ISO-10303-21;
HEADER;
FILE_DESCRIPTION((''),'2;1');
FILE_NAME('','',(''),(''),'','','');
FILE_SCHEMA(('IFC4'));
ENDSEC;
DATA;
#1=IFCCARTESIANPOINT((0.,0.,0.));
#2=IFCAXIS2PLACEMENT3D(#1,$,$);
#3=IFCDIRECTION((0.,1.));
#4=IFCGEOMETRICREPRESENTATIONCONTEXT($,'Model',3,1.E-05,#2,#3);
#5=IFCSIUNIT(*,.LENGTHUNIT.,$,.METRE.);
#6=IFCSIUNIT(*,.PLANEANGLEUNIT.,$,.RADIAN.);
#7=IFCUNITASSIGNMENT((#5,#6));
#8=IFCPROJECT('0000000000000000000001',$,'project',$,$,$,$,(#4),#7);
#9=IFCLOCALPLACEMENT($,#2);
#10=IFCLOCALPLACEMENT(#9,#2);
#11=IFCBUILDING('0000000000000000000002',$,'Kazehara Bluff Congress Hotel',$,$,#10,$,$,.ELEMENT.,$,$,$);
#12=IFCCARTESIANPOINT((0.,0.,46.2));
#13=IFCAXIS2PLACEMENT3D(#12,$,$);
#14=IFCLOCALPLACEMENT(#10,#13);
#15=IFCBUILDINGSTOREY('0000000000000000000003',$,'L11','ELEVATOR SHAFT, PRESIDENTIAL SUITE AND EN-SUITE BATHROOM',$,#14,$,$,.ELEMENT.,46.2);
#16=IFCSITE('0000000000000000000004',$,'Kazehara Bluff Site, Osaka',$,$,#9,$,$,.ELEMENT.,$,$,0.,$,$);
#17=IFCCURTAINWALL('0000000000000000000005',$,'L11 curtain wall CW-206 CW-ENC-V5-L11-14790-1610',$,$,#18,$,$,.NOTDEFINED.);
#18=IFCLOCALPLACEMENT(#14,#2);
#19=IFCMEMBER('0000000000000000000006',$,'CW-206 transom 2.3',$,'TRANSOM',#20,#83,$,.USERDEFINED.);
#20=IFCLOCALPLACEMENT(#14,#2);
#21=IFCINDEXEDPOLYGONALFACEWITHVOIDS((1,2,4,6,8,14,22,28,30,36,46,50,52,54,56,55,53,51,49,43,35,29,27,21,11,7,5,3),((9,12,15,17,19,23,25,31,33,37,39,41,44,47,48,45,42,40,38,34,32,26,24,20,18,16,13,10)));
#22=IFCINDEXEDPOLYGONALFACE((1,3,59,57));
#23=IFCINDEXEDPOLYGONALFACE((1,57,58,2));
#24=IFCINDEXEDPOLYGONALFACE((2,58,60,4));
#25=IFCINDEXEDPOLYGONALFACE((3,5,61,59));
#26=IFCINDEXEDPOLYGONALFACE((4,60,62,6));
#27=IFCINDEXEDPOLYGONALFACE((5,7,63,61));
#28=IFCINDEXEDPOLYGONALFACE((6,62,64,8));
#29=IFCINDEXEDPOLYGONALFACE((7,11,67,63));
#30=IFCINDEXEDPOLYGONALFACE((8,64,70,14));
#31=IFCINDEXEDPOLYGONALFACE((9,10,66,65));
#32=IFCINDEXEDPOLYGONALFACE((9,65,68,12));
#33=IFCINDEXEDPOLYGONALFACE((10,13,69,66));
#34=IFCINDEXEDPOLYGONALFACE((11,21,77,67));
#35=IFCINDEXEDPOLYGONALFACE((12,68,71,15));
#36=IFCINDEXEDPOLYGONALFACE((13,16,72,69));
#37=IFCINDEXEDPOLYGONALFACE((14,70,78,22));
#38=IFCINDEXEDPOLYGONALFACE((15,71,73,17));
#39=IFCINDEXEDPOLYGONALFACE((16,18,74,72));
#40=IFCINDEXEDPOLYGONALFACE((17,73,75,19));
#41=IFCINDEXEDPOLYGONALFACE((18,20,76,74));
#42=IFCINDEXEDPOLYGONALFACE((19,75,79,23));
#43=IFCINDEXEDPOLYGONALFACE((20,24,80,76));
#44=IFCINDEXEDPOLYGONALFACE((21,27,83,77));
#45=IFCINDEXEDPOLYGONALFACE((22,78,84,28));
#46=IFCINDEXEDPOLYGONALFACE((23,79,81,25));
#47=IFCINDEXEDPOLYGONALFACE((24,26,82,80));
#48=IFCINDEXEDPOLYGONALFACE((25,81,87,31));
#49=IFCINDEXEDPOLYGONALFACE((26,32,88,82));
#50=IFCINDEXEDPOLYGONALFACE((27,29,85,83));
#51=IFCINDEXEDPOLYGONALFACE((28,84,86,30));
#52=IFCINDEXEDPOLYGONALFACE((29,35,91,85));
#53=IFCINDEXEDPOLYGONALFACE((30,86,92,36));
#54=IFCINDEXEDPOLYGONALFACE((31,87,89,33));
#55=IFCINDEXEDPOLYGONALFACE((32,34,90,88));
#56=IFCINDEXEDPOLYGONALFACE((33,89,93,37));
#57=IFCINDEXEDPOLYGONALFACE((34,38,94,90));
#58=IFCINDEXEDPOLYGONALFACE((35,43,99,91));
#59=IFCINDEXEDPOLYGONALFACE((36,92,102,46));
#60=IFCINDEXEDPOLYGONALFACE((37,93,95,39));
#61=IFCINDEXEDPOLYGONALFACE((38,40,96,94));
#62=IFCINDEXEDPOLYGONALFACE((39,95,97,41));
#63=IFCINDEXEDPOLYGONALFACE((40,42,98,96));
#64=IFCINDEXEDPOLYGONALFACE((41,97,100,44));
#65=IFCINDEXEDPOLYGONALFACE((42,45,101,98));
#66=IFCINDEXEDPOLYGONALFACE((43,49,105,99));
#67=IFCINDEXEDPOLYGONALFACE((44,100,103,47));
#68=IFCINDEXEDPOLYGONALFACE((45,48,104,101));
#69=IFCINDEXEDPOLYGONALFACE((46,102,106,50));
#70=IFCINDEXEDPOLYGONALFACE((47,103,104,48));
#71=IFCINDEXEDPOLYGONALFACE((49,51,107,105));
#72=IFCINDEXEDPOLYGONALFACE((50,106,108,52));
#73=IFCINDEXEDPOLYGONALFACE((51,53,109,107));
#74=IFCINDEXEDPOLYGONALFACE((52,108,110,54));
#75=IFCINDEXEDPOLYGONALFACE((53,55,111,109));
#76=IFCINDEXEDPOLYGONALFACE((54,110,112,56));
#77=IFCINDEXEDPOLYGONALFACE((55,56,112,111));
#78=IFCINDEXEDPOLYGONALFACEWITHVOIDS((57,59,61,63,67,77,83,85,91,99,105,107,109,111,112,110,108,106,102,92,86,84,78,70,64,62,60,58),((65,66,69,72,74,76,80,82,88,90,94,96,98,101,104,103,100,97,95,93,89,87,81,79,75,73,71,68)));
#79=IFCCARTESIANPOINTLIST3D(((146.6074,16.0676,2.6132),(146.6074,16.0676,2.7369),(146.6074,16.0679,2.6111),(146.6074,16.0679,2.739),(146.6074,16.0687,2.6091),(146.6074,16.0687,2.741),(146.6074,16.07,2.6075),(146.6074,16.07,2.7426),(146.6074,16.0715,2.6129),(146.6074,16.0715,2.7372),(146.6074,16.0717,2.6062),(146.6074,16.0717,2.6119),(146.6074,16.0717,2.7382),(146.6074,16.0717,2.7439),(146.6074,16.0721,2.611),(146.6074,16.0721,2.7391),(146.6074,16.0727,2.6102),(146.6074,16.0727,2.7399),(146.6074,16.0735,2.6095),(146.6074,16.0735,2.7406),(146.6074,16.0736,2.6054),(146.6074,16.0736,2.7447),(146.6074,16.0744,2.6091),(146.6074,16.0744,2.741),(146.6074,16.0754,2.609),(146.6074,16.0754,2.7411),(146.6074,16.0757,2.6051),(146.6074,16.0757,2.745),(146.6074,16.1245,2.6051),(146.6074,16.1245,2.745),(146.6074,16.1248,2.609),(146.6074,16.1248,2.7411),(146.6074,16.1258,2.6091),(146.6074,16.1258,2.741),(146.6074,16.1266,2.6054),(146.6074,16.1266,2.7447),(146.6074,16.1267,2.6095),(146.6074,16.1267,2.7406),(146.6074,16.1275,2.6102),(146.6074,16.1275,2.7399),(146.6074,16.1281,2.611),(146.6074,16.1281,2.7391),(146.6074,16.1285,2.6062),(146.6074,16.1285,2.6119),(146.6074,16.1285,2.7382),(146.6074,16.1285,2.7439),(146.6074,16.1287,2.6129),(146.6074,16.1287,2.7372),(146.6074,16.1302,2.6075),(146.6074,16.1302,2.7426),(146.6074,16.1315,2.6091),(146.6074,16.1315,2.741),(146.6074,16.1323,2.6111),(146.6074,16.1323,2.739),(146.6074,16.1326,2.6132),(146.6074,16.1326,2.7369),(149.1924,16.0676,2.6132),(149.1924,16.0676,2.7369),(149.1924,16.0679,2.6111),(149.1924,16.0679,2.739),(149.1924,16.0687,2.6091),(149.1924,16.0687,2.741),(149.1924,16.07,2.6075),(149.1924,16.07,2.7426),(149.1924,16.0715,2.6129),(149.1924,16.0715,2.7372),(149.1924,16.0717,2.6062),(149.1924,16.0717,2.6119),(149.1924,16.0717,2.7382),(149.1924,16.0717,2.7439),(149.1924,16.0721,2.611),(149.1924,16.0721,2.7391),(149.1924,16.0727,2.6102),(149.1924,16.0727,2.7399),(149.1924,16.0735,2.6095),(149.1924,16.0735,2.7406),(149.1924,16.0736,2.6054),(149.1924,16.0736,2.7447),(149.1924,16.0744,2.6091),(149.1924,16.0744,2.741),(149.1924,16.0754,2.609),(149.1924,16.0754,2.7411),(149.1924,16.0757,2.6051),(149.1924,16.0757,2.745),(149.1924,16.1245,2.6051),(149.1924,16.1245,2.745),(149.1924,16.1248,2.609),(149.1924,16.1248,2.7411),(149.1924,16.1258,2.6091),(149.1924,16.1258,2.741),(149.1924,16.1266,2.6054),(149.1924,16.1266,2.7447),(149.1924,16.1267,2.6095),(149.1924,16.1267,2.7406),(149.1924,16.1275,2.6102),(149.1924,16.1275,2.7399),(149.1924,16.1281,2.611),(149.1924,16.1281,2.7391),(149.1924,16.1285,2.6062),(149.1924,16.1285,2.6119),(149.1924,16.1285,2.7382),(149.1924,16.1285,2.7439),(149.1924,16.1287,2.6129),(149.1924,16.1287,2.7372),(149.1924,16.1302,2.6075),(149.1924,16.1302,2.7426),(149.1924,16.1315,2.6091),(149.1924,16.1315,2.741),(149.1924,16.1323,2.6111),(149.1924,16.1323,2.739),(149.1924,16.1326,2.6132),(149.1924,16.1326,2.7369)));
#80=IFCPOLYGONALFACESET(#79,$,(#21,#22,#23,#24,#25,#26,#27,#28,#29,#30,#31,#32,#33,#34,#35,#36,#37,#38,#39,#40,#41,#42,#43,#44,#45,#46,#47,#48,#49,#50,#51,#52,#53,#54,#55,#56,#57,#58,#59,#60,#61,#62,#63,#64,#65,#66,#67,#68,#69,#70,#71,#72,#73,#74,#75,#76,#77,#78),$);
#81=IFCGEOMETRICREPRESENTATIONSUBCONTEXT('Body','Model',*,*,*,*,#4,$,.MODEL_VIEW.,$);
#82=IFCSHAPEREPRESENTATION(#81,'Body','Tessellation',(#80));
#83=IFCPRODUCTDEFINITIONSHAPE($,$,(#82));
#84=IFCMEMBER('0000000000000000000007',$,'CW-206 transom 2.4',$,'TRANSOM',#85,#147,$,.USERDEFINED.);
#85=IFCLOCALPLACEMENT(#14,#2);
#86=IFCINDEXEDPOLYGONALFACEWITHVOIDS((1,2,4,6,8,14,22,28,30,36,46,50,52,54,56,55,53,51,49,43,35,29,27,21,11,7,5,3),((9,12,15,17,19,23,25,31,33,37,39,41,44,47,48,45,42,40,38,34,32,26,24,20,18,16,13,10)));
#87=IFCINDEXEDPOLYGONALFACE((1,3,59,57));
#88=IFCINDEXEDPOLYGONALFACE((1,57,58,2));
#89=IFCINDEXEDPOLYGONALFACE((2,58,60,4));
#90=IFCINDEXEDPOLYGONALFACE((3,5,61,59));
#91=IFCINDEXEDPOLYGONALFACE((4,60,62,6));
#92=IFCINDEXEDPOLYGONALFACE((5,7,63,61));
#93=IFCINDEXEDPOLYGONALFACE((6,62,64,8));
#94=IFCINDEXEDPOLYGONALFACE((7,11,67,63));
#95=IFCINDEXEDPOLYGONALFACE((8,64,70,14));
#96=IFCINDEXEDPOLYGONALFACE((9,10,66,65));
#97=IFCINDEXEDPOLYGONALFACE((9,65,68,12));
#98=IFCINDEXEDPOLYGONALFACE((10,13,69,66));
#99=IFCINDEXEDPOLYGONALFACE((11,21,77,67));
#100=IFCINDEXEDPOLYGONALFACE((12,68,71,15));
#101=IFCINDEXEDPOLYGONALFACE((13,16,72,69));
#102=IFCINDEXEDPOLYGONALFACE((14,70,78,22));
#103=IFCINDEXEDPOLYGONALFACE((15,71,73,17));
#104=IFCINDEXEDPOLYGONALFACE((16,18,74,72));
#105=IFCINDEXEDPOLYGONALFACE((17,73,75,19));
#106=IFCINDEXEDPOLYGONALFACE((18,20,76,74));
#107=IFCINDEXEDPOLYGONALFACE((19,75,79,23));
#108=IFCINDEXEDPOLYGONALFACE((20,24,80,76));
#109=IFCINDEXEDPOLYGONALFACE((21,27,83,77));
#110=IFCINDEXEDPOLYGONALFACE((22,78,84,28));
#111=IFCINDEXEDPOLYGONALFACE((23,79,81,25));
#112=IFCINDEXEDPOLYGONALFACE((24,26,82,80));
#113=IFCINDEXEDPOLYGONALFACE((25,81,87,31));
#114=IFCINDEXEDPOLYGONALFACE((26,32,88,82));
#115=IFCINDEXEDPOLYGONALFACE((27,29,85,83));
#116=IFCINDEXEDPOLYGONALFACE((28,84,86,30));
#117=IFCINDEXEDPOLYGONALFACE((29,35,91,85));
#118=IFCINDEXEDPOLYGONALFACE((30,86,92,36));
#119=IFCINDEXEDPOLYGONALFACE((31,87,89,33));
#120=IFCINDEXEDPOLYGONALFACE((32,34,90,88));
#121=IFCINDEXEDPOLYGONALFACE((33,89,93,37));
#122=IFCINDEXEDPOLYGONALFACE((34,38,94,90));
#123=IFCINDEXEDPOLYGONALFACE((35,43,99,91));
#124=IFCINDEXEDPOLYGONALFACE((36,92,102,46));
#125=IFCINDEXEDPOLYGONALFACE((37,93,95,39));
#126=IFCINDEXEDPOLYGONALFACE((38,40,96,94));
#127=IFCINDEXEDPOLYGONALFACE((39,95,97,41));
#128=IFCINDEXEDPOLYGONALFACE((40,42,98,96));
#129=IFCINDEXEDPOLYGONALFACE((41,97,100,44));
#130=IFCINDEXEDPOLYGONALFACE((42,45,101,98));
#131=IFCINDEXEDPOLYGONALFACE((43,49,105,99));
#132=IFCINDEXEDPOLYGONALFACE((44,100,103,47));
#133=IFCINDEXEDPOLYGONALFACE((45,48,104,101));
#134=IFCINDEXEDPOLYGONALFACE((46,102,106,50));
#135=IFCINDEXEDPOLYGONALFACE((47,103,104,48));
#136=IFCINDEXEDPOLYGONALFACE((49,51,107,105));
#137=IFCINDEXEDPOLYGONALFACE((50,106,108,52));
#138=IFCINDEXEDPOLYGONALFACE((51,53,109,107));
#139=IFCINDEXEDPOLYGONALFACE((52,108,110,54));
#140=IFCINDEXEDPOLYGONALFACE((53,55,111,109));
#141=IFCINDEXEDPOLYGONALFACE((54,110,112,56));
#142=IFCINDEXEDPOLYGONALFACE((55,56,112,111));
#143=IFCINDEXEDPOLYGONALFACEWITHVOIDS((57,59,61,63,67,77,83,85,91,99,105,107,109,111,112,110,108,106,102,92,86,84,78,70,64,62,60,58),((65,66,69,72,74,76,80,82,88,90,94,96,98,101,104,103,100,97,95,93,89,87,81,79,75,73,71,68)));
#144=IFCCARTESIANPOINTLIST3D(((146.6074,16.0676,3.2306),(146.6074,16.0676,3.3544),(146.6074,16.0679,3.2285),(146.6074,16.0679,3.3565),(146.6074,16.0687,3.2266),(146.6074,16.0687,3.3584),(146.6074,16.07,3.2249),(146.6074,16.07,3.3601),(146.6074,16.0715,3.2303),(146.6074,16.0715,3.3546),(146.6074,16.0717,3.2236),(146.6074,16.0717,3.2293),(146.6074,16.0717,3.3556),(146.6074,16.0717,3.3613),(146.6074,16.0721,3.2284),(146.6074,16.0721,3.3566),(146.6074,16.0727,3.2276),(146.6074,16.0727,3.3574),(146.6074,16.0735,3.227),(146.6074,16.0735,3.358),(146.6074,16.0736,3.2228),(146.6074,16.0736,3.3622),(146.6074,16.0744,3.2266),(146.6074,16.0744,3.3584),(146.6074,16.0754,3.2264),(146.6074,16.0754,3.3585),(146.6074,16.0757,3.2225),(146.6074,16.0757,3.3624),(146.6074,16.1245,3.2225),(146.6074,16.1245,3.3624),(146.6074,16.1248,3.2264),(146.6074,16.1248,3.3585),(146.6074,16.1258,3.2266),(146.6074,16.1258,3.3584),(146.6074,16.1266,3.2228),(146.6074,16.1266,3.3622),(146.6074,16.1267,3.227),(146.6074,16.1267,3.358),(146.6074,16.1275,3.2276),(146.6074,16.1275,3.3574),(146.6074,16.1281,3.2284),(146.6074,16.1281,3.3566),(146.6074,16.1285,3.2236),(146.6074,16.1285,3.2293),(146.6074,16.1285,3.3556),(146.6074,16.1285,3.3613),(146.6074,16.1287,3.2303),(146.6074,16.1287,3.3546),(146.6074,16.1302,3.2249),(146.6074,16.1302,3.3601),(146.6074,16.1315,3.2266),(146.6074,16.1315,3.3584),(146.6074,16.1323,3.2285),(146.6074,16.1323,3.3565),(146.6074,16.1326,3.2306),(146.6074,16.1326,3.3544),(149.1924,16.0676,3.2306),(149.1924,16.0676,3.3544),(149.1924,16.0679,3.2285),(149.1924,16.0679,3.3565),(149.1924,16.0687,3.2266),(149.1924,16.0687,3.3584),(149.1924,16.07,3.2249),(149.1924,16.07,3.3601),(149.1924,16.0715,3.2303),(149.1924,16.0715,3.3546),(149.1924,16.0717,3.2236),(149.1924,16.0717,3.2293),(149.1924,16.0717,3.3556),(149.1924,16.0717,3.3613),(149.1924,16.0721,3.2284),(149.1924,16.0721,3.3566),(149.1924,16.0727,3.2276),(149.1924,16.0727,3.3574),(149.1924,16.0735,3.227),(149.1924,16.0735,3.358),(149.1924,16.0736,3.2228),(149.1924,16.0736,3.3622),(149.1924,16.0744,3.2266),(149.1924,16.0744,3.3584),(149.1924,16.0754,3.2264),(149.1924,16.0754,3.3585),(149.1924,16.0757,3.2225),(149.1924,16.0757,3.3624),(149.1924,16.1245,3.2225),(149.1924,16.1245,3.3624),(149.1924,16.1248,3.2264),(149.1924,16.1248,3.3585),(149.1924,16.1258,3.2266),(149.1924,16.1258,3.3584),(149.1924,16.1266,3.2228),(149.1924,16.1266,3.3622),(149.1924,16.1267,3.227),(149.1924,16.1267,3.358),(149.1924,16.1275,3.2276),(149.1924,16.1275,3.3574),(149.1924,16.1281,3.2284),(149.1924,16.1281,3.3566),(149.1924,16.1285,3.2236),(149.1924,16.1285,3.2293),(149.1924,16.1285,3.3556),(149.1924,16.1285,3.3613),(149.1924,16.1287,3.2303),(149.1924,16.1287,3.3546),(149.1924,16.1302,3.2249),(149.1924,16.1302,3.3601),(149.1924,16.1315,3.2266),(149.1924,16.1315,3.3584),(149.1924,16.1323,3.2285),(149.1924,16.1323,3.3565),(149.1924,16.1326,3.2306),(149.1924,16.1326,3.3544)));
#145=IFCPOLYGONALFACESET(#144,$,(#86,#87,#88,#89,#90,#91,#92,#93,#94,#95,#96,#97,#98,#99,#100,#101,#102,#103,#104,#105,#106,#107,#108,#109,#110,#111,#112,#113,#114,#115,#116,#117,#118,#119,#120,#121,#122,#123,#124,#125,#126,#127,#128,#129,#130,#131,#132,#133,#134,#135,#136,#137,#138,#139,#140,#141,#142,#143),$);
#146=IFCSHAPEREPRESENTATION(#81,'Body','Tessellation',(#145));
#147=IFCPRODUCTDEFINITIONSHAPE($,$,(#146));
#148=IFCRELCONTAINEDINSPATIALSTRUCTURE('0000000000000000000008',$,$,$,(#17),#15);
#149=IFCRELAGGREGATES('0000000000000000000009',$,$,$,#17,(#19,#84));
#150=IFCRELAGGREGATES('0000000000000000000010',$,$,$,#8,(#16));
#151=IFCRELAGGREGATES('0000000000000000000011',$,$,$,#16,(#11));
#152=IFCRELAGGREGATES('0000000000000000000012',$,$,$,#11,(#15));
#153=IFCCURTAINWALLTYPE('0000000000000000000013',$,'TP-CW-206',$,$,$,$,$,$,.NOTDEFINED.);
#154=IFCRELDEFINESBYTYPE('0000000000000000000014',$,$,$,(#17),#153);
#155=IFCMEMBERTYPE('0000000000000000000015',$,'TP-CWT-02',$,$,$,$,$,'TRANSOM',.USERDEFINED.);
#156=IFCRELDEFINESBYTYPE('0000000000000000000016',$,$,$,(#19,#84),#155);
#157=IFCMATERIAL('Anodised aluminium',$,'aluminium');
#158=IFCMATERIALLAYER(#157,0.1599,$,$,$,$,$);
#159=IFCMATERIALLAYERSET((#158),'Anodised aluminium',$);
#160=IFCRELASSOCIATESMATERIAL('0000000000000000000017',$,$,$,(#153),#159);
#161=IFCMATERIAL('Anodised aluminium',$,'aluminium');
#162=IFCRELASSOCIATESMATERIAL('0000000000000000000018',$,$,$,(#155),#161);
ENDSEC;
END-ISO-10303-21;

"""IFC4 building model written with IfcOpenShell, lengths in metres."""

from ifc_helpers import new_model, si_unit, direction, frame, origin, origin_2d, place, context, subcontext, project, spatial, hollow_rectangle, extrude, material, layer, layer_set, material_profile, profile_set, type_object, element, aggregate, save


model = new_model("IFC4")

# Units and contexts
model_context = context("Model", 3, precision=1e-05, world=origin(), true_north=direction((0.0, 1.0)))
body_context = subcontext(model_context, "Body", "Model", "MODEL_VIEW")
ifc_project = project(units=[si_unit("LENGTHUNIT", "METRE"), si_unit("PLANEANGLEUNIT", "RADIAN")], contexts=[model_context])

# Site, building, storey
site_placement = place(None, origin())
site = spatial("IfcSite", under=ifc_project, at=site_placement, Name="Kazehara Bluff Site, Osaka", CompositionType="ELEMENT", RefElevation=0.0)
building_placement = place(site_placement, origin())
building = spatial("IfcBuilding", under=site, at=building_placement, Name="Kazehara Bluff Congress Hotel", CompositionType="ELEMENT")
storey_placement = place(building_placement, frame((0.0, 0.0, 46.2)))
storey = spatial("IfcBuildingStorey", under=building, at=storey_placement, Name="L11", Description="ELEVATOR SHAFT, PRESIDENTIAL SUITE AND EN-SUITE BATHROOM", CompositionType="ELEMENT", Elevation=46.2)

# Curtain wall, members
ifc_material_1 = material(Name="Anodised aluminium", Category="aluminium")
ifc_layer_1 = layer(ifc_material_1, 0.1599)
ifc_layer_set_1 = layer_set([ifc_layer_1], Name="Anodised aluminium")
curtain_wall_type = type_object("IfcCurtainWallType", Name="TP-CW-206", PredefinedType="NOTDEFINED", material=ifc_layer_set_1)
curtain_wall_placement = place(storey_placement, origin())
curtain_wall = element("IfcCurtainWall", 1, at=curtain_wall_placement, inside=storey, type_object=curtain_wall_type, Name="L11 curtain wall CW-206 CW-ENC-V5-L11-14790-1610", PredefinedType="NOTDEFINED")
ifc_material_2 = material(Name="Anodised aluminium", Category="aluminium")
ifc_material_profile_1 = material_profile(ifc_material_2, hollow_rectangle(XDim=0.0649, YDim=0.1399, WallThickness=0.0039, InnerFilletRadius=0.0039, OuterFilletRadius=0.0081, at=origin_2d()))
ifc_profile_set_1 = profile_set([ifc_material_profile_1], Name="Anodised aluminium")
member_type_1 = type_object("IfcMemberType", Name="TP-CWT-02", ElementType="TRANSOM", PredefinedType="USERDEFINED", material=ifc_profile_set_1)
member_1_placement = place(storey_placement, frame((149.1924, 16.1001, 2.675), z_axis=(-1.0, 0.0, 0.0), x_axis=(0.0, -1.0, 0.0)))
member_1 = element("IfcMember", 2, at=member_1_placement, type_object=member_type_1, Name="CW-206 transom 2.3", ObjectType="TRANSOM", PredefinedType="USERDEFINED", context=body_context, shape_type="SweptSolid", body=[
    extrude(hollow_rectangle(XDim=0.0649, YDim=0.1399, WallThickness=0.0039, InnerFilletRadius=0.0039, OuterFilletRadius=0.0081, at=origin_2d()), origin(), (0.0, 0.0, 1.0), 2.585),
])
member_2_placement = place(storey_placement, frame((149.1924, 16.1001, 3.2925), z_axis=(-1.0, 0.0, 0.0), x_axis=(0.0, -1.0, 0.0)))
member_2 = element("IfcMember", 3, at=member_2_placement, type_object=member_type_1, Name="CW-206 transom 2.4", ObjectType="TRANSOM", PredefinedType="USERDEFINED", context=body_context, shape_type="SweptSolid", body=[
    extrude(hollow_rectangle(XDim=0.0649, YDim=0.1399, WallThickness=0.0039, InnerFilletRadius=0.0039, OuterFilletRadius=0.0081, at=origin_2d()), origin(), (0.0, 0.0, 1.0), 2.585),
])
aggregate(curtain_wall, [member_1, member_2])

save(model, "model.ifc")
